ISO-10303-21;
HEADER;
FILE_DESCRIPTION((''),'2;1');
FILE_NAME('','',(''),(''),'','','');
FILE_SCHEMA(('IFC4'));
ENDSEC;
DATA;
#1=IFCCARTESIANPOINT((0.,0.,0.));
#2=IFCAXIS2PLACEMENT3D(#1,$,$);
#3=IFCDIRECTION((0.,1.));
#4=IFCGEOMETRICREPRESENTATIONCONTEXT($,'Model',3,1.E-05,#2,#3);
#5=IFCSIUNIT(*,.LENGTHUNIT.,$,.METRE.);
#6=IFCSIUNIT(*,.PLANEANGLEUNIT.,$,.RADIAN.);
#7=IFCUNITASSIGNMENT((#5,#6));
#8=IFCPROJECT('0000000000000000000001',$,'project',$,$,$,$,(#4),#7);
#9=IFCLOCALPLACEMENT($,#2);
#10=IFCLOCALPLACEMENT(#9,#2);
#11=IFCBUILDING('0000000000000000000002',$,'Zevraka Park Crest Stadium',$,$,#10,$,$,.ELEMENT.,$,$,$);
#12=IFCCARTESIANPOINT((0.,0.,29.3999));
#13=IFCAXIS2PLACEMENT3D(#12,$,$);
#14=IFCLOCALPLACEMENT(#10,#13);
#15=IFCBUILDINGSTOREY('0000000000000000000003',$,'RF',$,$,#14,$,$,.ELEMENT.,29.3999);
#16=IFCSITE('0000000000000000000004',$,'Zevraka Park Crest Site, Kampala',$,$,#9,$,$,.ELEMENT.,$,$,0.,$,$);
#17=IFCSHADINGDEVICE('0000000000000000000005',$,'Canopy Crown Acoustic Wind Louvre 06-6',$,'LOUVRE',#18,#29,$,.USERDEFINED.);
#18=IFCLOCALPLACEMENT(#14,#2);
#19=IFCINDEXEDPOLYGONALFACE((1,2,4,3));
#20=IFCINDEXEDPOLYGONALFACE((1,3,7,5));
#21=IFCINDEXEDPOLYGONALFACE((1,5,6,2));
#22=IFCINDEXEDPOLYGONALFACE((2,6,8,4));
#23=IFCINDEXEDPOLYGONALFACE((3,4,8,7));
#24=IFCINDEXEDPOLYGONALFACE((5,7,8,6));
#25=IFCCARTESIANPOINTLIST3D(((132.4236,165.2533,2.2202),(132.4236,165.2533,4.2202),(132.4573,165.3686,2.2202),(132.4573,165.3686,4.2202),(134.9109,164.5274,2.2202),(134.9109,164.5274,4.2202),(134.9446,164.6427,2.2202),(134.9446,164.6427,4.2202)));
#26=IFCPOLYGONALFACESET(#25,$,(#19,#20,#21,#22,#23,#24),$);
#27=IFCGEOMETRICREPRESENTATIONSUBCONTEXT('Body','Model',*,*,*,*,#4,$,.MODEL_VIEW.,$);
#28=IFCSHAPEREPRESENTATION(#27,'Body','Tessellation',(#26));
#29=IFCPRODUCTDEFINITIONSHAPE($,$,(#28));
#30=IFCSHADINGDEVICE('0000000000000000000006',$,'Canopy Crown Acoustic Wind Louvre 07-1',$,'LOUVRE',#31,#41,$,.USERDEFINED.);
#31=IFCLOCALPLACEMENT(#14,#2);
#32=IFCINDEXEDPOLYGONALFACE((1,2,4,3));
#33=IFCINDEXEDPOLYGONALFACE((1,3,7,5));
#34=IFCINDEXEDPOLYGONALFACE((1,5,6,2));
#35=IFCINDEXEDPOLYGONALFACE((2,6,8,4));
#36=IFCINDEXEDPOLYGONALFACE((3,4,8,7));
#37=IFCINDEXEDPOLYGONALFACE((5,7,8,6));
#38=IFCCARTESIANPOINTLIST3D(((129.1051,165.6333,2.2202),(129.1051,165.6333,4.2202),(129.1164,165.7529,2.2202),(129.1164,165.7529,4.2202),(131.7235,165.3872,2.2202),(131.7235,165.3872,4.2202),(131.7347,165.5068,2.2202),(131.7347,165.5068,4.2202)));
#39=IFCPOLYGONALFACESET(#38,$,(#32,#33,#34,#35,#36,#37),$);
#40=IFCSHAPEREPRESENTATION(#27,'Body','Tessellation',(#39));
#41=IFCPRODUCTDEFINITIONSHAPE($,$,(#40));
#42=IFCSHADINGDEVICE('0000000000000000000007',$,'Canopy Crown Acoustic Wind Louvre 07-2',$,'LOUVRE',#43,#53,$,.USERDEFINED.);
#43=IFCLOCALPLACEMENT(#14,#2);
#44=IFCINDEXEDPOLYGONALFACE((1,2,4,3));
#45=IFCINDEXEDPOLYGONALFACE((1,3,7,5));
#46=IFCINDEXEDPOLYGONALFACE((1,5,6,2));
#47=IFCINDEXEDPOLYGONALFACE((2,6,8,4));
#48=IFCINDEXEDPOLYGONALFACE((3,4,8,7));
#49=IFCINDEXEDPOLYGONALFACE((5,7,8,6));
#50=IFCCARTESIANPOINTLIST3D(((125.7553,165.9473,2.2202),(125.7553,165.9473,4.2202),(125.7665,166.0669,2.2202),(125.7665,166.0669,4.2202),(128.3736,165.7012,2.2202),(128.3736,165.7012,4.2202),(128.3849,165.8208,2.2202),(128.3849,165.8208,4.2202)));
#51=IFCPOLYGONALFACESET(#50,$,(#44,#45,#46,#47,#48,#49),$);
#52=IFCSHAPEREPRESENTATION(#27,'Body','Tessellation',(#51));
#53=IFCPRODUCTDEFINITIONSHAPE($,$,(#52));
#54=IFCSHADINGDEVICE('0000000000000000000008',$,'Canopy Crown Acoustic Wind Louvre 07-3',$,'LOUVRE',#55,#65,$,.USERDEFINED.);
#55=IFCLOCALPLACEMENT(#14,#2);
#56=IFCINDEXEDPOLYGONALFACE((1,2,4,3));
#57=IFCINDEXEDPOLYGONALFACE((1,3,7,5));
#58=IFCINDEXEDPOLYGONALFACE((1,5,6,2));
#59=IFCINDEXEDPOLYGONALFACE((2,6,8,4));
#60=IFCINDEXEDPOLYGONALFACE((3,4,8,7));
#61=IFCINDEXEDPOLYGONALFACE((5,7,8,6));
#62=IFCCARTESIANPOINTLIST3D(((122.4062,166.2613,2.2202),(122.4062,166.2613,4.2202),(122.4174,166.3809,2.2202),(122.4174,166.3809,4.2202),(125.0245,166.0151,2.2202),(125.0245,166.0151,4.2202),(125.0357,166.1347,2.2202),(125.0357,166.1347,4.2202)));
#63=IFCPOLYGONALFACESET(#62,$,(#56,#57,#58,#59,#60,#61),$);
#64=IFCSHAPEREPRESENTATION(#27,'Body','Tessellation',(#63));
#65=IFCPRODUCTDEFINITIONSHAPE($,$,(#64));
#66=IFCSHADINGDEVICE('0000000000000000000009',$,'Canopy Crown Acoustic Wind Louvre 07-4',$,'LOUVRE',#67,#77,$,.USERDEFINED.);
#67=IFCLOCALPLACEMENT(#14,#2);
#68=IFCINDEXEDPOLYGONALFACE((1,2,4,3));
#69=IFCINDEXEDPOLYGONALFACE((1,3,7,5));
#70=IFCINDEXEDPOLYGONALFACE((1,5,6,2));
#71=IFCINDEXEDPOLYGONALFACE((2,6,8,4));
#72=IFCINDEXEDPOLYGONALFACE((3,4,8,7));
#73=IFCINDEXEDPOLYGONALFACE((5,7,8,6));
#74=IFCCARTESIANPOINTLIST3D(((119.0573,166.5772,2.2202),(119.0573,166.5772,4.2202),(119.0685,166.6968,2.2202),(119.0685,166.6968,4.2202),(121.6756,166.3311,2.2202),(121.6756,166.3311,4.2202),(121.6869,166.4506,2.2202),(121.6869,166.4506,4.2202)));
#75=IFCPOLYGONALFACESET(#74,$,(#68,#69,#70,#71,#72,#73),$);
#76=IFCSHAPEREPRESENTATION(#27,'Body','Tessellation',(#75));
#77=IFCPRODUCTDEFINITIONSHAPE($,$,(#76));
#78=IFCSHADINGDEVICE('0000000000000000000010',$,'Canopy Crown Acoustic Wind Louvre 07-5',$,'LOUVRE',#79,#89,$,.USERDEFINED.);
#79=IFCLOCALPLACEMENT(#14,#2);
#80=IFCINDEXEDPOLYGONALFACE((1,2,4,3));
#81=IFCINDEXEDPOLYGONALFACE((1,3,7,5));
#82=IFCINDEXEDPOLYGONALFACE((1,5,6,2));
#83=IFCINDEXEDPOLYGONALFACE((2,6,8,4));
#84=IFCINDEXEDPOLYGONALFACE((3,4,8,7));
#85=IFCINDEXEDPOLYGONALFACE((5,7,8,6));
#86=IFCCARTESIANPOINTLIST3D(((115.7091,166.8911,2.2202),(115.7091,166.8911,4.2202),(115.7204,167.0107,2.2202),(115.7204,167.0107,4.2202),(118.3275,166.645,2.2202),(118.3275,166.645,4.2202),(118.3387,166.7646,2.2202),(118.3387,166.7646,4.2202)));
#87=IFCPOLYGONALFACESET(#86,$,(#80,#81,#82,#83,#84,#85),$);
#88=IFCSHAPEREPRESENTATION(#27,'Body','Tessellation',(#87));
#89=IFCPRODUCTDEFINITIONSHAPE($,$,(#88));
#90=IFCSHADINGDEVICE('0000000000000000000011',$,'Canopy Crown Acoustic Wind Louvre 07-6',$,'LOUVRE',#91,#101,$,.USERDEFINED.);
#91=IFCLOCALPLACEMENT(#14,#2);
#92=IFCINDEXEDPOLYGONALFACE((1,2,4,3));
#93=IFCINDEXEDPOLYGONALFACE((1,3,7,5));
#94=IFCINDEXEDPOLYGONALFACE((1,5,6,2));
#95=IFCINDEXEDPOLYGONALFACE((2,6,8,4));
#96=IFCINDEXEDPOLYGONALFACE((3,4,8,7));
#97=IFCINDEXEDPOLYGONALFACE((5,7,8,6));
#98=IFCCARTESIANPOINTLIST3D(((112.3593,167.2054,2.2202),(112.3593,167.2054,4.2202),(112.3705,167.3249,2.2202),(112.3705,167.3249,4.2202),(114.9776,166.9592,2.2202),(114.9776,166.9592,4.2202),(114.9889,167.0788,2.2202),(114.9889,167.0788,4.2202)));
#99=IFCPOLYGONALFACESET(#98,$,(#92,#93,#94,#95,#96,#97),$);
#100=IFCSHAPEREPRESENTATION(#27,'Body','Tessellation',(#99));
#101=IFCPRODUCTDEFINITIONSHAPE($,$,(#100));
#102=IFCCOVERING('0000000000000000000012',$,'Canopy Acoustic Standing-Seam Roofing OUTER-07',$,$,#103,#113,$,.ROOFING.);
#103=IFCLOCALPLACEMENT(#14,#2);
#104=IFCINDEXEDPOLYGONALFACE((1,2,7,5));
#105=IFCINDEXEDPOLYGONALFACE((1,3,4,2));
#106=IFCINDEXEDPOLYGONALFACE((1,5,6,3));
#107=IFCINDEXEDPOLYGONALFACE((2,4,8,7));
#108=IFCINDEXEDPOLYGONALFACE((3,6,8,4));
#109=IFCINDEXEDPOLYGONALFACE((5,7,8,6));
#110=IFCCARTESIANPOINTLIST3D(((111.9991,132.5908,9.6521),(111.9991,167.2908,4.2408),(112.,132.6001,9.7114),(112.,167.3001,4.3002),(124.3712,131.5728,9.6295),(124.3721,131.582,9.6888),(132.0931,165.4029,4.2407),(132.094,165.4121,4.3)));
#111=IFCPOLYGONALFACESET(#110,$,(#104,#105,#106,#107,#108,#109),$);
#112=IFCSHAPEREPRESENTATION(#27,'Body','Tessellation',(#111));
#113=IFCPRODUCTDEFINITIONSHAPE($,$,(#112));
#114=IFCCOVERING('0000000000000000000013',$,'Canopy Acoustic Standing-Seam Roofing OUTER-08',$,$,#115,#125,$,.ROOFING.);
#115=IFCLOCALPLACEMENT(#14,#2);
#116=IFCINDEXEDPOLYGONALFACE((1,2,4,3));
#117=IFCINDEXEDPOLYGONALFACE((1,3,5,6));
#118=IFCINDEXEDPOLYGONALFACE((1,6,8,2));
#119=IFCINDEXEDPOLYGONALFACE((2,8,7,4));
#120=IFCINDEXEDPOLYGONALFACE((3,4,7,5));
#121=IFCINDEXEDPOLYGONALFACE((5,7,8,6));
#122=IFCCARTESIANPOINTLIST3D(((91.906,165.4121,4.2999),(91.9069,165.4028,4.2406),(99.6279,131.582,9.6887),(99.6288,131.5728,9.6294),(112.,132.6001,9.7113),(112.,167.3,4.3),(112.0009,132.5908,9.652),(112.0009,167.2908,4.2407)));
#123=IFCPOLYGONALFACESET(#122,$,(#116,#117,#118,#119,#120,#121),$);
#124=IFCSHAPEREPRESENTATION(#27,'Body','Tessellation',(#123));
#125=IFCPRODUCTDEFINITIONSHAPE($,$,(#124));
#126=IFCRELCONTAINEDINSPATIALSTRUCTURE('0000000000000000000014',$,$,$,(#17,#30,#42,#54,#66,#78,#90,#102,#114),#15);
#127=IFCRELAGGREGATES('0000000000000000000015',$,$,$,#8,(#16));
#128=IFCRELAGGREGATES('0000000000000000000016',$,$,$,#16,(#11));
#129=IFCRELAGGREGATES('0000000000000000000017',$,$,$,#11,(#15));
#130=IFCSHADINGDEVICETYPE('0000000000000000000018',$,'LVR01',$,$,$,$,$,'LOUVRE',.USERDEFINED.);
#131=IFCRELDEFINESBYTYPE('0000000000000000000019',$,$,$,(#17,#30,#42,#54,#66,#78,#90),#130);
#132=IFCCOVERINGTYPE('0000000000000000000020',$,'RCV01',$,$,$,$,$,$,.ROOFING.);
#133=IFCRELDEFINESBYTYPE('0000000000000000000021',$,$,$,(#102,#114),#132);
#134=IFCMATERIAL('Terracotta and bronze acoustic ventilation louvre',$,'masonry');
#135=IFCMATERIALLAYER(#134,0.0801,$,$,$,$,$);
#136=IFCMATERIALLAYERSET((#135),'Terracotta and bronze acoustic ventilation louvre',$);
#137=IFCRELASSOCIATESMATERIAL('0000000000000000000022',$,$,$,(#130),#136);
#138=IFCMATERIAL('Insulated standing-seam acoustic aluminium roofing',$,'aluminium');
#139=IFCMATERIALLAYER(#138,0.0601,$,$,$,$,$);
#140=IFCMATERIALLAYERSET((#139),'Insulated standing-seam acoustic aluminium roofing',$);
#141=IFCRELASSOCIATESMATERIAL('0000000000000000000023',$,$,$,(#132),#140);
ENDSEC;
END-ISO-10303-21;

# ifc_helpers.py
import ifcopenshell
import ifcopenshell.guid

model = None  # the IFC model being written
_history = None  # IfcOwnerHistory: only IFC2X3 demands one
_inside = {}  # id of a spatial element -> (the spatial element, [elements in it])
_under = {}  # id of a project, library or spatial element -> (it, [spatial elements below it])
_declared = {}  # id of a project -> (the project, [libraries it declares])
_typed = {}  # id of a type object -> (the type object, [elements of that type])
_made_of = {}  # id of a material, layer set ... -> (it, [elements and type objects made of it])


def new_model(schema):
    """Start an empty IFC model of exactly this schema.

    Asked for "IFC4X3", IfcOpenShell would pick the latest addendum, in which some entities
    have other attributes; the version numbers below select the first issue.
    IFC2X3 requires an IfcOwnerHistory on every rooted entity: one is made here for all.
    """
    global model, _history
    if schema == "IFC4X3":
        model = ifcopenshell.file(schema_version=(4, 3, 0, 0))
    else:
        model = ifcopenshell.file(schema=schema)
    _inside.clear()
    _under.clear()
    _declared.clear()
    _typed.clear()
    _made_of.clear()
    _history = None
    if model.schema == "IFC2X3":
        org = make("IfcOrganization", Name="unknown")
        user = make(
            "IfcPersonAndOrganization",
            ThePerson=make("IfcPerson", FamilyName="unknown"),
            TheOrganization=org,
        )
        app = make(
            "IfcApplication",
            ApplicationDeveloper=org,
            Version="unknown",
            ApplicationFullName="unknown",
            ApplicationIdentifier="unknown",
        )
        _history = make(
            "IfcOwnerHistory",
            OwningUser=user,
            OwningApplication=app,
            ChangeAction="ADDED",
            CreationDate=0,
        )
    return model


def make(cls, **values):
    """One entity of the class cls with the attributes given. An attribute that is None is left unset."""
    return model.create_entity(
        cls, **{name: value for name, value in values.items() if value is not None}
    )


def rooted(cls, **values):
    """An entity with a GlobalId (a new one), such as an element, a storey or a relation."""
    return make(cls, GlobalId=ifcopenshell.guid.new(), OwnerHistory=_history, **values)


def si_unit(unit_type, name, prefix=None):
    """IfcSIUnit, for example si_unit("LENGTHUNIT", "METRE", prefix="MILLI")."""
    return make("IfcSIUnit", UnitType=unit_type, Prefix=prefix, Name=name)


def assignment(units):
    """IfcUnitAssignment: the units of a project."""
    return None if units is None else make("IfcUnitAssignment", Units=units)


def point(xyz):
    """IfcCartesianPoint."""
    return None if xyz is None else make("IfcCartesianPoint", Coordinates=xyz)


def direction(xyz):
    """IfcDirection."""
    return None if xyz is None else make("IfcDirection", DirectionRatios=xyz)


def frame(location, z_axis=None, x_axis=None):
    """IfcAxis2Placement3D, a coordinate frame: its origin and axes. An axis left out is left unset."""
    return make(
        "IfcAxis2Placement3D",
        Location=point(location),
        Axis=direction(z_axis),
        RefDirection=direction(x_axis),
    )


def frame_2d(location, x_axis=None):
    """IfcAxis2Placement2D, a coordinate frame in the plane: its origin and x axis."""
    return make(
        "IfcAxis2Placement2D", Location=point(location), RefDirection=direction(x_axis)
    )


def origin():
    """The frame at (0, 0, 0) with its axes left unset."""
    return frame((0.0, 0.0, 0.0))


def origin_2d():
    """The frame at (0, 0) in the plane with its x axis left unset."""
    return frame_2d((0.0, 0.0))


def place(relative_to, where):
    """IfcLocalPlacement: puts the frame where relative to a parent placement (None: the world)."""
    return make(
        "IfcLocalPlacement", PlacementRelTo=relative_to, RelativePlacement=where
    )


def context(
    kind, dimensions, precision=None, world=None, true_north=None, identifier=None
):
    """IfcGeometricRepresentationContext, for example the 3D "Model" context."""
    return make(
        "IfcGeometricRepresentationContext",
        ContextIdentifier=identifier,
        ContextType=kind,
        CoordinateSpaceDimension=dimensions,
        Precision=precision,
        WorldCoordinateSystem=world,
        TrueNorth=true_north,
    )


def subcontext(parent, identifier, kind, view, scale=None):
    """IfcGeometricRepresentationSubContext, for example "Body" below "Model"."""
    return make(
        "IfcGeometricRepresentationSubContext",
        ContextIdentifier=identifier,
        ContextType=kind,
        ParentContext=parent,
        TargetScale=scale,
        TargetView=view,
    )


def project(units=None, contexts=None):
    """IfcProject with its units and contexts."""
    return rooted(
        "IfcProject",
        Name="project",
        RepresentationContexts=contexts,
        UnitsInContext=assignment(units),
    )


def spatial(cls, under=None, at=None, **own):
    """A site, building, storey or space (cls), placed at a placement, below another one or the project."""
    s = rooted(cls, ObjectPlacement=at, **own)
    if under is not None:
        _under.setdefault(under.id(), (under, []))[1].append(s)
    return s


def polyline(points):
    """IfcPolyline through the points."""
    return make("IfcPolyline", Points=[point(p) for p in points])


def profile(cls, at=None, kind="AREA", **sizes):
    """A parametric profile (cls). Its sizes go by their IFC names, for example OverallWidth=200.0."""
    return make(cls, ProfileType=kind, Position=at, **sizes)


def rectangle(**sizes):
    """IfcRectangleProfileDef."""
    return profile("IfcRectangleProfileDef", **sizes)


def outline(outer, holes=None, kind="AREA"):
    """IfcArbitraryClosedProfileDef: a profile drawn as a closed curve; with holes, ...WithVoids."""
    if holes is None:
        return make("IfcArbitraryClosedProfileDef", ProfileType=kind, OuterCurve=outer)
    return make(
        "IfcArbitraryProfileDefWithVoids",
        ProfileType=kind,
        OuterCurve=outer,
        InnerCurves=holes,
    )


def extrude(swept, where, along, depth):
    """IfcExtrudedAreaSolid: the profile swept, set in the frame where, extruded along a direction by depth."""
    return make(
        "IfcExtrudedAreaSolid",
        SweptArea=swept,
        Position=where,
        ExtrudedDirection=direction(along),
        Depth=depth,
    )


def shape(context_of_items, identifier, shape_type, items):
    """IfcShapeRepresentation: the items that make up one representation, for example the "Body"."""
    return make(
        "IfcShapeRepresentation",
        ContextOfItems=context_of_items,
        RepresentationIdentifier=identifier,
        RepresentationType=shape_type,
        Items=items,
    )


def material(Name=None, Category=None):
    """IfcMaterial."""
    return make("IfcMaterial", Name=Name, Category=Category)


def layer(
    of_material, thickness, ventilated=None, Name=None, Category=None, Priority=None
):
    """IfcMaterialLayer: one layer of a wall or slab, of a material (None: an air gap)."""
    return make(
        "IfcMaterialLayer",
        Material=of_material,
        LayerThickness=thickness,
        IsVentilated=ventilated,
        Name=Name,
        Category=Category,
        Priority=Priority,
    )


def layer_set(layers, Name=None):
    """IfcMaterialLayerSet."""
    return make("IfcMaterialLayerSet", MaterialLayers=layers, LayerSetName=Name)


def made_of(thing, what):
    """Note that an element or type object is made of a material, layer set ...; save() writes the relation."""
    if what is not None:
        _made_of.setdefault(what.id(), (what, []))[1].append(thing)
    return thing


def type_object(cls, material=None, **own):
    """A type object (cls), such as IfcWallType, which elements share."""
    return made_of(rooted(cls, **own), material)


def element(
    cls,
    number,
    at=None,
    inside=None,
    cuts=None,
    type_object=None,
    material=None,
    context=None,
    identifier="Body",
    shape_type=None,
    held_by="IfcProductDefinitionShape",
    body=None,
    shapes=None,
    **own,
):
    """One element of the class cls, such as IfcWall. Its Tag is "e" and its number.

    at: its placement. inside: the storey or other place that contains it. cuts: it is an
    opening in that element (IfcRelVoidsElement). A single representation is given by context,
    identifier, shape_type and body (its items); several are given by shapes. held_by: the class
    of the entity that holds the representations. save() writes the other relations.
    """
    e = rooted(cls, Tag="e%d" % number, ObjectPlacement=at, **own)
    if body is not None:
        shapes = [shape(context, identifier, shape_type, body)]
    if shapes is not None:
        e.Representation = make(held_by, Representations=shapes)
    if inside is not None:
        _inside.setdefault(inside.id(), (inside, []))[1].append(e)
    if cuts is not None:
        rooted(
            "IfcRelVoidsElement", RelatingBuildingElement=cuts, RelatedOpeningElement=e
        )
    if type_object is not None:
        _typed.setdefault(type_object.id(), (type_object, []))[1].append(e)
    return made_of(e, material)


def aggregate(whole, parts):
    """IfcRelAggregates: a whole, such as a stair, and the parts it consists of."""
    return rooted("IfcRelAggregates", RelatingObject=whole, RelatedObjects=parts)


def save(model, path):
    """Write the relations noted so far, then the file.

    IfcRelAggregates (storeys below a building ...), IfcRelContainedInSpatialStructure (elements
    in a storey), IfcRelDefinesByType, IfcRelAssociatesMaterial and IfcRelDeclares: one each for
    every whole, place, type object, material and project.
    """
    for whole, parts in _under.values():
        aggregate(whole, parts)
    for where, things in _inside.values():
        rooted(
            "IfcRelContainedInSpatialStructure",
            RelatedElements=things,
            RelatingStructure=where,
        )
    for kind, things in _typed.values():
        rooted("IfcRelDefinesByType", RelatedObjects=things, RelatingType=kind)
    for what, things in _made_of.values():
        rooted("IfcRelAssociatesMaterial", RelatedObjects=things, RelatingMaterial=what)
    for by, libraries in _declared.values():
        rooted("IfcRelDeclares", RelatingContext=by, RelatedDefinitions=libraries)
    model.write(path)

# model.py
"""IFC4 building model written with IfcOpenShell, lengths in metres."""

from ifc_helpers import new_model, si_unit, direction, frame, origin, origin_2d, place, context, subcontext, project, spatial, polyline, rectangle, outline, extrude, material, layer, layer_set, type_object, element, save


model = new_model("IFC4")

# Units and contexts
model_context = context("Model", 3, precision=1e-05, world=origin(), true_north=direction((0.0, 1.0)))
body_context = subcontext(model_context, "Body", "Model", "MODEL_VIEW")
ifc_project = project(units=[si_unit("LENGTHUNIT", "METRE"), si_unit("PLANEANGLEUNIT", "RADIAN")], contexts=[model_context])

# Site, building, storey
site_placement = place(None, origin())
site = spatial("IfcSite", under=ifc_project, at=site_placement, Name="Zevraka Park Crest Site, Kampala", CompositionType="ELEMENT", RefElevation=0.0)
building_placement = place(site_placement, origin())
building = spatial("IfcBuilding", under=site, at=building_placement, Name="Zevraka Park Crest Stadium", CompositionType="ELEMENT")
storey_placement = place(building_placement, frame((0.0, 0.0, 29.3999)))
storey = spatial("IfcBuildingStorey", under=building, at=storey_placement, Name="RF", CompositionType="ELEMENT", Elevation=29.3999)

# Shading devices
ifc_material_1 = material(Name="Terracotta and bronze acoustic ventilation louvre", Category="masonry")
ifc_layer_1 = layer(ifc_material_1, 0.0801)
ifc_layer_set_1 = layer_set([ifc_layer_1], Name="Terracotta and bronze acoustic ventilation louvre")
shading_device_type = type_object("IfcShadingDeviceType", Name="LVR01", ElementType="LOUVRE", PredefinedType="USERDEFINED", material=ifc_layer_set_1)
shading_device_placement = place(storey_placement, frame((133.6841, 164.948, 2.2202), z_axis=(0.0, 0.0, 1.0), x_axis=(-0.959952, 0.280164, 0.0)))
element("IfcShadingDevice", 1, at=shading_device_placement, inside=storey, type_object=shading_device_type, Name="Canopy Crown Acoustic Wind Louvre 06-6", ObjectType="LOUVRE", PredefinedType="USERDEFINED", context=body_context, shape_type="SweptSolid", body=[
    extrude(rectangle(XDim=2.5911, YDim=0.1201, at=origin_2d()), origin(), (0.0, 0.0, 1.0), 2.0),
])
for number, where, z_axis, x_axis, name in (
    (2, (130.4199, 165.5701, 2.2202), (0.0, 0.0, 1.0), (-0.995611, 0.093587, 0.0), "Canopy Crown Acoustic Wind Louvre 07-1"),
    (3, (127.0701, 165.884, 2.2202), (0.0, 0.0, 1.0), (-0.995611, 0.093587, 0.0), "Canopy Crown Acoustic Wind Louvre 07-2"),
    (4, (123.7209, 166.198, 2.2202), (0.0, 0.0, 1.0), (-0.995611, 0.093587, 0.0), "Canopy Crown Acoustic Wind Louvre 07-3"),
    (5, (120.3721, 166.5139, 2.2202), (0.0, 0.0, 1.0), (-0.995611, 0.093587, 0.0), "Canopy Crown Acoustic Wind Louvre 07-4"),
    (6, (117.0239, 166.8279, 2.2202), (0.0, 0.0, 1.0), (-0.995611, 0.093587, 0.0), "Canopy Crown Acoustic Wind Louvre 07-5"),
    (7, (113.6741, 167.1421, 2.2202), (0.0, 0.0, 1.0), (-0.995611, 0.093587, 0.0), "Canopy Crown Acoustic Wind Louvre 07-6"),
):
    element("IfcShadingDevice", number, at=place(storey_placement, frame(where, z_axis=z_axis, x_axis=x_axis)), inside=storey, type_object=shading_device_type, Name=name, ObjectType="LOUVRE", PredefinedType="USERDEFINED", context=body_context, shape_type="SweptSolid", body=[
        extrude(rectangle(XDim=2.6299, YDim=0.1201, at=origin_2d()), origin(), (0.0, 0.0, 1.0), 2.0),
    ])

# Coverings
ifc_material_2 = material(Name="Insulated standing-seam acoustic aluminium roofing", Category="aluminium")
ifc_layer_2 = layer(ifc_material_2, 0.0601)
ifc_layer_set_2 = layer_set([ifc_layer_2], Name="Insulated standing-seam acoustic aluminium roofing")
covering_type_1 = type_object("IfcCoveringType", Name="RCV01", PredefinedType="ROOFING", material=ifc_layer_set_2)
covering_1_placement = place(storey_placement, frame((132.094, 165.4121, 4.3), z_axis=(0.014481, 0.154066, 0.987954), x_axis=(-0.995615, 0.093544, 0.000006)))
element("IfcCovering", 8, at=covering_1_placement, inside=storey, type_object=covering_type_1, Name="Canopy Acoustic Standing-Seam Roofing OUTER-07", PredefinedType="ROOFING", context=body_context, shape_type="SweptSolid", body=[
    extrude(outline(polyline([(0.0, 0.0), (20.1825, 0.0), (16.9365, 34.969), (4.5235, 34.8235), (0.0, 0.0)])), origin(), (0.0, 0.0, -1.0), 0.0601),
])
covering_2_placement = place(storey_placement, frame((112.0, 167.3, 4.3), z_axis=(-0.014481, 0.154066, 0.987954), x_axis=(-0.995615, -0.093544, -0.000006)))
element("IfcCovering", 9, at=covering_2_placement, inside=storey, type_object=covering_type_1, Name="Canopy Acoustic Standing-Seam Roofing OUTER-08", PredefinedType="ROOFING", context=body_context, shape_type="SweptSolid", body=[
    extrude(outline(polyline([(0.0, 0.0), (20.1825, 0.0), (15.659, 34.8235), (3.246, 34.969), (0.0, 0.0)])), origin(), (0.0, 0.0, -1.0), 0.0601),
])

save(model, "model.ifc")
